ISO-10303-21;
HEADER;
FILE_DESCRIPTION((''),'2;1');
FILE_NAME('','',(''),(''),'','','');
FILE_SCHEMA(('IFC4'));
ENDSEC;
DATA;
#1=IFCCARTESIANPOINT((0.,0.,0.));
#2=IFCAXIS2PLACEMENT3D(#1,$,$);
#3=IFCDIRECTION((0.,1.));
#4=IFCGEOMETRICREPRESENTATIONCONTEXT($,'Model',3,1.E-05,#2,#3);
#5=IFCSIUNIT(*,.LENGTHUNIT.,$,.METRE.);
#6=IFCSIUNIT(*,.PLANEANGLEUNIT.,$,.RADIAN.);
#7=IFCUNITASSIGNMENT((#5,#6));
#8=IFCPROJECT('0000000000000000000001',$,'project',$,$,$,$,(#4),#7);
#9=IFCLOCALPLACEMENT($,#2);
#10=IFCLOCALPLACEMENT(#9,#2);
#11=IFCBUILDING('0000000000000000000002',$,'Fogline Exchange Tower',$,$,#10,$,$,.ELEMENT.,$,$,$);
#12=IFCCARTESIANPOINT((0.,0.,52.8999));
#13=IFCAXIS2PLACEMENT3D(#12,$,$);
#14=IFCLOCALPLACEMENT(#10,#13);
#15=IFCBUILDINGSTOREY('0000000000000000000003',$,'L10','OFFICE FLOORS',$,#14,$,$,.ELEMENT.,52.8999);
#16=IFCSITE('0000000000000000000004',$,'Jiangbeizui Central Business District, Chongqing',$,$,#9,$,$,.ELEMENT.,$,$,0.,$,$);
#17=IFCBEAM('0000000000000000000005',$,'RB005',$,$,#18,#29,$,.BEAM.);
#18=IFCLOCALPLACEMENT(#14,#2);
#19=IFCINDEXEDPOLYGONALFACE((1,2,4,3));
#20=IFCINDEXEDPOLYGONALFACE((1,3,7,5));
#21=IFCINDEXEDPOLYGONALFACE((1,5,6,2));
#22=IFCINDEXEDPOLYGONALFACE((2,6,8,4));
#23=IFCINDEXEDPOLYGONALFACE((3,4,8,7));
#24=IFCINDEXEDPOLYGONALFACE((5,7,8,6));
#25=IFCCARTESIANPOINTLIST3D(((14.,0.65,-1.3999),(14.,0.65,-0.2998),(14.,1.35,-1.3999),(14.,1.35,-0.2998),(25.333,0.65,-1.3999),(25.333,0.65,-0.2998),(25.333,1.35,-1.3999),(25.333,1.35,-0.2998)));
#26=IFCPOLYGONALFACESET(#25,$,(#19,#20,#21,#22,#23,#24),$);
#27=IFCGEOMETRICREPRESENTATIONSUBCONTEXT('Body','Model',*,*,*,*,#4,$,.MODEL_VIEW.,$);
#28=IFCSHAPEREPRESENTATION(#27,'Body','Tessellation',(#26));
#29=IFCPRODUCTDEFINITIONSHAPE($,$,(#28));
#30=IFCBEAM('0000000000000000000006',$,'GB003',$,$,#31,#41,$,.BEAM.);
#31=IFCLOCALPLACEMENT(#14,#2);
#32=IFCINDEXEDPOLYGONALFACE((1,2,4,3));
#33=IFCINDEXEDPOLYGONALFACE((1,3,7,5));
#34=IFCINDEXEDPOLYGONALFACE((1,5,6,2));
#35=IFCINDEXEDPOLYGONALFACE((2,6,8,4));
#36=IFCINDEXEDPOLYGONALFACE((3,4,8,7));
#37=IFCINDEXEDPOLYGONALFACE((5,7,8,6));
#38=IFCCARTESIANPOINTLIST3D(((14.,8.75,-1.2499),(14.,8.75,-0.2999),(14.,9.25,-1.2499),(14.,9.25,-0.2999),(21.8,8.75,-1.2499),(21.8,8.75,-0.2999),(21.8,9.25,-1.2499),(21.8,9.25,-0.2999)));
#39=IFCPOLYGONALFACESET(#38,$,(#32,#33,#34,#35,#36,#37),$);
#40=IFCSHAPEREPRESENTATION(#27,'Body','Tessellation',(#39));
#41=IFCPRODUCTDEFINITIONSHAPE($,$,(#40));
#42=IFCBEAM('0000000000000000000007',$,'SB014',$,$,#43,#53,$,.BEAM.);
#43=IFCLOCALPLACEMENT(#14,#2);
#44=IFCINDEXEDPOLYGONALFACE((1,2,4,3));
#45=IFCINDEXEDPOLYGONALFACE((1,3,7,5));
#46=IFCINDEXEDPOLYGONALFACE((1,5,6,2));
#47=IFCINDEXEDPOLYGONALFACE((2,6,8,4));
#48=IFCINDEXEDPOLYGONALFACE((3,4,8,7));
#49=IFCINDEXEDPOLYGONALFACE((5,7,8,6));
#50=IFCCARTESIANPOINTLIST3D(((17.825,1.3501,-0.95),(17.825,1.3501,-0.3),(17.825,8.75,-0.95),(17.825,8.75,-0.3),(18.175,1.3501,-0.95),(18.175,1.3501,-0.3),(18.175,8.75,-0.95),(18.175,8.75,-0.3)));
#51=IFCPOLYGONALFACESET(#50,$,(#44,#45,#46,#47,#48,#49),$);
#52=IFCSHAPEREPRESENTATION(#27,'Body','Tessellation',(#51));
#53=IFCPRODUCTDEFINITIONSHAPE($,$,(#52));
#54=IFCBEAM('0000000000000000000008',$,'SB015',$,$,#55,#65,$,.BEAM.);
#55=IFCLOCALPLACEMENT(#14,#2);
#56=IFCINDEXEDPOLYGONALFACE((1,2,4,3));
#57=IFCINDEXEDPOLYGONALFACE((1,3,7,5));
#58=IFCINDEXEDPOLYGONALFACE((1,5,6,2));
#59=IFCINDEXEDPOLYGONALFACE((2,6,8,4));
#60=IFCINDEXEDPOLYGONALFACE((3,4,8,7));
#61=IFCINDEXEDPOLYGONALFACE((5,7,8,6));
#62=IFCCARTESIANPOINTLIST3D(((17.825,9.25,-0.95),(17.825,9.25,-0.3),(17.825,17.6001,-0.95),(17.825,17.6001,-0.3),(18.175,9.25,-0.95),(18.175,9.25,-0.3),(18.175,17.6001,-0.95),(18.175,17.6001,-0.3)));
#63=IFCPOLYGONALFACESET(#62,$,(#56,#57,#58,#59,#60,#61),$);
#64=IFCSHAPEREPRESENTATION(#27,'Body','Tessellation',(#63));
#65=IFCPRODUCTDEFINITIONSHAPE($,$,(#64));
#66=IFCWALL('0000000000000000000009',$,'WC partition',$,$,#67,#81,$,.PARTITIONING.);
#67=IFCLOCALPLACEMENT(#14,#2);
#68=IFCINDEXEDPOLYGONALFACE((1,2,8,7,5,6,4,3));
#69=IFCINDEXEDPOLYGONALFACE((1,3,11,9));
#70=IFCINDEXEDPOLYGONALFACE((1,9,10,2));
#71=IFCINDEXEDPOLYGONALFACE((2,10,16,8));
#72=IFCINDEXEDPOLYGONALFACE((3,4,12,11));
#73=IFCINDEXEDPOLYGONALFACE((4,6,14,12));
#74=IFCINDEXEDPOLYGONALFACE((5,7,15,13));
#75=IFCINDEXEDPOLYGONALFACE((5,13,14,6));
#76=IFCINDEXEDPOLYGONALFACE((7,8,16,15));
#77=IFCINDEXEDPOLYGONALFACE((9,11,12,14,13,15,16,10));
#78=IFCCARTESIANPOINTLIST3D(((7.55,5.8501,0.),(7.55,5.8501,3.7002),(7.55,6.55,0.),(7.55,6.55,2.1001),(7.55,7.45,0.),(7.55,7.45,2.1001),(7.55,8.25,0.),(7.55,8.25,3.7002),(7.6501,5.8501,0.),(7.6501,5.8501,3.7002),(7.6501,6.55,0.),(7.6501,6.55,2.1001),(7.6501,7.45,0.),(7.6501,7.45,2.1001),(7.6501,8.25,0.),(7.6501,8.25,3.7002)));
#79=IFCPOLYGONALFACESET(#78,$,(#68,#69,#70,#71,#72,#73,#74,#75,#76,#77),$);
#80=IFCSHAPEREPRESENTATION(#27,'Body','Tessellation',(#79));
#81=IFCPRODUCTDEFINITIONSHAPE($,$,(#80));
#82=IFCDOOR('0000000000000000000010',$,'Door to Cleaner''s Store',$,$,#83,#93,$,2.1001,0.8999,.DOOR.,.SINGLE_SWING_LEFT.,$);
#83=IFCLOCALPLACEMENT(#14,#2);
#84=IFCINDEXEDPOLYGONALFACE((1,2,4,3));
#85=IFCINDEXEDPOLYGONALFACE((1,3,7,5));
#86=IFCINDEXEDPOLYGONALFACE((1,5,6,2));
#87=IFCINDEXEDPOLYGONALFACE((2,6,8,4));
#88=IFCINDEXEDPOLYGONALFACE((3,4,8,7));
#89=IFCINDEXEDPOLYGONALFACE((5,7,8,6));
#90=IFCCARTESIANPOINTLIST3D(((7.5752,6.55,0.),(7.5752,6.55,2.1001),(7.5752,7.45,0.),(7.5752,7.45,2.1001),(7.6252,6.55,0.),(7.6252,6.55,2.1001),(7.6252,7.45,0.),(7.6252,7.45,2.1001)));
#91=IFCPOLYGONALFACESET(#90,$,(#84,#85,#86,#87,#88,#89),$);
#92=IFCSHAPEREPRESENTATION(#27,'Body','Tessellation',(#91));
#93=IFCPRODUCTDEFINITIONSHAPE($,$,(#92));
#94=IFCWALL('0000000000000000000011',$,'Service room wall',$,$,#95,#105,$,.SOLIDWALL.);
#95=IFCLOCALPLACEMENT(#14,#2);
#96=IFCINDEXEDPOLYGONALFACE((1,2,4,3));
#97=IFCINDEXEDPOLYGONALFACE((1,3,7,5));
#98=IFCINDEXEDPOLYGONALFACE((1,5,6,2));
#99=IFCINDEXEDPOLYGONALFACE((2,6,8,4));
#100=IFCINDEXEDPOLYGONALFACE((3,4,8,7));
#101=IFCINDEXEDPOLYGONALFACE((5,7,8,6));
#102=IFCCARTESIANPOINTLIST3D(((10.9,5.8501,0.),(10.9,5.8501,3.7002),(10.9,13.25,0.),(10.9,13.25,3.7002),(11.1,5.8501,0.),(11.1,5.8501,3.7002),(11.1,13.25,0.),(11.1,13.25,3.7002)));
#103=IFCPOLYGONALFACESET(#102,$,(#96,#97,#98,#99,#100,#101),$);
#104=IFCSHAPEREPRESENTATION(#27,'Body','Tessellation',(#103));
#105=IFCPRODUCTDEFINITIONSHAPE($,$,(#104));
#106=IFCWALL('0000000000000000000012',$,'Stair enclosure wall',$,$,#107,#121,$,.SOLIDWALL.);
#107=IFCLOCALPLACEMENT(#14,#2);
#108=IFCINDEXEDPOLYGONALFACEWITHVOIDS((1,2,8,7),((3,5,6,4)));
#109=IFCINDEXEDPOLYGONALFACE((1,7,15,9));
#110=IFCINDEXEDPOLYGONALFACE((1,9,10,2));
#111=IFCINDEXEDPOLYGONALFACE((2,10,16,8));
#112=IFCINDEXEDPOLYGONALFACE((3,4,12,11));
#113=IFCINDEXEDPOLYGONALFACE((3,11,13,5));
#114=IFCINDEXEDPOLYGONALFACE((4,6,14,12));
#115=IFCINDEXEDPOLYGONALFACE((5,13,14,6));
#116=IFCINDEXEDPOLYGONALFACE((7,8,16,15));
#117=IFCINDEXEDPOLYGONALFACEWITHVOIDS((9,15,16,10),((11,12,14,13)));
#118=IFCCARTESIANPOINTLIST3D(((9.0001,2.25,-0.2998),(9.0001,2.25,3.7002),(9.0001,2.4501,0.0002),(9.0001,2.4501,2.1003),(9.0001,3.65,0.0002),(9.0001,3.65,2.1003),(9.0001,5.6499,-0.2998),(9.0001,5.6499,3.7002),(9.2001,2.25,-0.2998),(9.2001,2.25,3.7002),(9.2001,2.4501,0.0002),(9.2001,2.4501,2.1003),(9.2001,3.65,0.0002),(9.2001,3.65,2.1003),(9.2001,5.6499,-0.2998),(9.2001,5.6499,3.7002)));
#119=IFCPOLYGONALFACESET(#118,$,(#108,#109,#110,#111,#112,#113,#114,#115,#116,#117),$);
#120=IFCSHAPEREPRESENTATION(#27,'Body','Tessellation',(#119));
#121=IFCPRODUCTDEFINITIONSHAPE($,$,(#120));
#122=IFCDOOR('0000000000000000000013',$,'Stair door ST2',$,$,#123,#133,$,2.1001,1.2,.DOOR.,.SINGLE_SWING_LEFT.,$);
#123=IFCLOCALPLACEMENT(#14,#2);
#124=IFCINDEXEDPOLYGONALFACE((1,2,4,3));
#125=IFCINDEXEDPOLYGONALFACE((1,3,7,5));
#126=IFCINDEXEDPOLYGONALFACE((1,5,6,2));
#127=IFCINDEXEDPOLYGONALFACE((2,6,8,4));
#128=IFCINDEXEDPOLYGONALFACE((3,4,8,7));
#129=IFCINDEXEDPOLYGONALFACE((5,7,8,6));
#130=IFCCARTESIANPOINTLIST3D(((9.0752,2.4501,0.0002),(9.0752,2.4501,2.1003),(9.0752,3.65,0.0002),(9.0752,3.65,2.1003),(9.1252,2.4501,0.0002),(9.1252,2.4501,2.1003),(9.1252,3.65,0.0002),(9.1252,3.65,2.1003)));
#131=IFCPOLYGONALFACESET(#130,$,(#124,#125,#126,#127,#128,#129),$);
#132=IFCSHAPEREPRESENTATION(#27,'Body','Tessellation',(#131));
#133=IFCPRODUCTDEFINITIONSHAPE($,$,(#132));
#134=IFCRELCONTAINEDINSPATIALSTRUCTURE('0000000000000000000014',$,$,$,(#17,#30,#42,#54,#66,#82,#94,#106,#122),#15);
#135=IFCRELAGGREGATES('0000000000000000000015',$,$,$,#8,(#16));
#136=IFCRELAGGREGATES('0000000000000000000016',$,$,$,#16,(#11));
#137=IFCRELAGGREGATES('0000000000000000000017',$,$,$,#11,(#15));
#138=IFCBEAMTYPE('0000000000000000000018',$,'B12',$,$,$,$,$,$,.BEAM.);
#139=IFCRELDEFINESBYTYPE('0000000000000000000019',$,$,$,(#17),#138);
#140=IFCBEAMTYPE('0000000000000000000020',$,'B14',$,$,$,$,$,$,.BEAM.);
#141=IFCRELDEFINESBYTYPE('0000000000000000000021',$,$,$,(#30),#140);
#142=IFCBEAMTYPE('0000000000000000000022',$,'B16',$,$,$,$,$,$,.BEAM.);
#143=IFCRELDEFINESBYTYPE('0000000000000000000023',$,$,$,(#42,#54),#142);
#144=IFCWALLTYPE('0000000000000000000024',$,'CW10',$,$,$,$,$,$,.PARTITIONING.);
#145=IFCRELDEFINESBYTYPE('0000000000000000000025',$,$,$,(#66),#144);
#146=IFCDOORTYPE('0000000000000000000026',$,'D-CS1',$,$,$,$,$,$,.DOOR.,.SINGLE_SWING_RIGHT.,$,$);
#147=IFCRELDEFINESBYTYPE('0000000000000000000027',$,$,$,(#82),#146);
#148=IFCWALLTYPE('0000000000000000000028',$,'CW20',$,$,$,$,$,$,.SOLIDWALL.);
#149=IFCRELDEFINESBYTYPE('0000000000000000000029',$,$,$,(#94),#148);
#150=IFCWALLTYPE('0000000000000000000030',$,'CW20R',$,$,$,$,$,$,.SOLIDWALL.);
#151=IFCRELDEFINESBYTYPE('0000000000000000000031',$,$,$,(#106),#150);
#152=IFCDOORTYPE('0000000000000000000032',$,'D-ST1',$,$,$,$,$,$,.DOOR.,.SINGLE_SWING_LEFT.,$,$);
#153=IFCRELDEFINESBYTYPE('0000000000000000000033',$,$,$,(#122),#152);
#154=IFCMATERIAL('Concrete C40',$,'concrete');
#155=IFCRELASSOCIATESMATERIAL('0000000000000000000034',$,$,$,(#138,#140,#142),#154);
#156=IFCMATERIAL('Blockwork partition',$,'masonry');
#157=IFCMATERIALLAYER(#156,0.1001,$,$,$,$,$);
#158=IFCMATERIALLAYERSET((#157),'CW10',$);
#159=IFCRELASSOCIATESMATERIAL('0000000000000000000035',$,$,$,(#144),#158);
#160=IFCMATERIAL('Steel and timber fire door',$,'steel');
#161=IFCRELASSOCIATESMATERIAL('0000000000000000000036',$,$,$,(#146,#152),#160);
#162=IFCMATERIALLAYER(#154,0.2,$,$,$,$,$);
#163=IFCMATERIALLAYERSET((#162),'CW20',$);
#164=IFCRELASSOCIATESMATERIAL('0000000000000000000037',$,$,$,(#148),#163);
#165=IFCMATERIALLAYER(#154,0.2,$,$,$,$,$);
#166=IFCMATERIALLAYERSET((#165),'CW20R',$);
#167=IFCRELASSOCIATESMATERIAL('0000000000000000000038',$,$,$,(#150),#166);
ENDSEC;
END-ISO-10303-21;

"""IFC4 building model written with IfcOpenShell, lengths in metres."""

from ifc_helpers import new_model, si_unit, direction, frame, frame_2d, origin, origin_2d, place, context, subcontext, project, spatial, rectangle, extrude, material, layer, layer_set, material_profile, profile_set, type_object, element, fill, save


model = new_model("IFC4")

# Units and contexts
model_context = context("Model", 3, precision=1e-05, world=origin(), true_north=direction((0.0, 1.0)))
body_context = subcontext(model_context, "Body", "Model", "MODEL_VIEW")
ifc_project = project(units=[si_unit("LENGTHUNIT", "METRE"), si_unit("PLANEANGLEUNIT", "RADIAN")], contexts=[model_context])

# Site, building, storey
site_placement = place(None, origin())
site = spatial("IfcSite", under=ifc_project, at=site_placement, Name="Jiangbeizui Central Business District, Chongqing", CompositionType="ELEMENT", RefElevation=0.0)
building_placement = place(site_placement, origin())
building = spatial("IfcBuilding", under=site, at=building_placement, Name="Fogline Exchange Tower", CompositionType="ELEMENT")
storey_placement = place(building_placement, frame((0.0, 0.0, 52.8999)))
storey = spatial("IfcBuildingStorey", under=building, at=storey_placement, Name="L10", Description="OFFICE FLOORS", CompositionType="ELEMENT", Elevation=52.8999)

# Beams
ifc_material_1 = material(Name="Concrete C40", Category="concrete")
ifc_material_profile_1 = material_profile(ifc_material_1, rectangle(XDim=0.7, YDim=1.1001, at=origin_2d()), Name="RC 700x1100")
ifc_profile_set_1 = profile_set([ifc_material_profile_1], Name="Concrete C40")
beam_type_1 = type_object("IfcBeamType", Name="B12", PredefinedType="BEAM", material=ifc_profile_set_1)
beam_1_placement = place(storey_placement, frame((14.0, 1.0, -0.8499), z_axis=(1.0, 0.0, 0.0), x_axis=(0.0, 1.0, 0.0)))
element("IfcBeam", 1, at=beam_1_placement, inside=storey, type_object=beam_type_1, Name="RB005", PredefinedType="BEAM", context=body_context, shape_type="SweptSolid", body=[
    extrude(rectangle(XDim=0.7, YDim=1.1001, at=origin_2d()), origin(), (0.0, 0.0, 1.0), 11.333),
])
ifc_material_profile_2 = material_profile(ifc_material_1, rectangle(XDim=0.5, YDim=0.95, at=origin_2d()), Name="RC 500x950")
ifc_profile_set_2 = profile_set([ifc_material_profile_2], Name="Concrete C40")
beam_type_2 = type_object("IfcBeamType", Name="B14", PredefinedType="BEAM", material=ifc_profile_set_2)
beam_2_placement = place(storey_placement, frame((14.0, 9.0, -0.7749), z_axis=(1.0, 0.0, 0.0), x_axis=(0.0, 1.0, 0.0)))
element("IfcBeam", 2, at=beam_2_placement, inside=storey, type_object=beam_type_2, Name="GB003", PredefinedType="BEAM", context=body_context, shape_type="SweptSolid", body=[
    extrude(rectangle(XDim=0.5, YDim=0.95, at=origin_2d()), origin(), (0.0, 0.0, 1.0), 7.8),
])
ifc_material_profile_3 = material_profile(ifc_material_1, rectangle(XDim=0.3501, YDim=0.6499, at=origin_2d()), Name="RC 350x650")
ifc_profile_set_3 = profile_set([ifc_material_profile_3], Name="Concrete C40")
beam_type_3 = type_object("IfcBeamType", Name="B16", PredefinedType="BEAM", material=ifc_profile_set_3)
beam_3_placement = place(storey_placement, frame((18.0, 1.3501, -0.625), z_axis=(0.0, 1.0, 0.0), x_axis=(-1.0, 0.0, 0.0)))
element("IfcBeam", 3, at=beam_3_placement, inside=storey, type_object=beam_type_3, Name="SB014", PredefinedType="BEAM", context=body_context, shape_type="SweptSolid", body=[
    extrude(rectangle(XDim=0.3501, YDim=0.6499, at=origin_2d()), origin(), (0.0, 0.0, 1.0), 7.3999),
])
beam_4_placement = place(storey_placement, frame((18.0, 9.25, -0.625), z_axis=(0.0, 1.0, 0.0), x_axis=(-1.0, 0.0, 0.0)))
element("IfcBeam", 4, at=beam_4_placement, inside=storey, type_object=beam_type_3, Name="SB015", PredefinedType="BEAM", context=body_context, shape_type="SweptSolid", body=[
    extrude(rectangle(XDim=0.3501, YDim=0.6499, at=origin_2d()), origin(), (0.0, 0.0, 1.0), 8.3501),
])

# Wall, opening, door
ifc_material_2 = material(Name="Blockwork partition", Category="masonry")
ifc_layer_1 = layer(ifc_material_2, 0.1001)
ifc_layer_set_1 = layer_set([ifc_layer_1], Name="CW10")
wall_type_1 = type_object("IfcWallType", Name="CW10", PredefinedType="PARTITIONING", material=ifc_layer_set_1)
wall_1_placement = place(storey_placement, frame((7.6001, 5.8501, 0.0), z_axis=(0.0, 0.0, 1.0), x_axis=(0.0, 1.0, 0.0)))
wall_1 = element("IfcWall", 5, at=wall_1_placement, inside=storey, type_object=wall_type_1, Name="WC partition", PredefinedType="PARTITIONING", context=body_context, shape_type="SweptSolid", body=[
    extrude(rectangle(XDim=2.3999, YDim=0.1001, at=frame_2d((1.2, 0.0))), origin(), (0.0, 0.0, 1.0), 3.7002),
])
opening_1_placement = place(wall_1_placement, frame((0.7, 0.0, 0.0)))
opening_1 = element("IfcOpeningElement", 6, at=opening_1_placement, cuts=wall_1, PredefinedType="OPENING", context=body_context, shape_type="SweptSolid", body=[
    extrude(rectangle(XDim=0.8999, YDim=2.1001, at=frame_2d((0.45, 1.05))), frame((0.0, 0.0601, 0.0), z_axis=(0.0, -1.0, 0.0), x_axis=(1.0, 0.0, 0.0)), (0.0, 0.0, 1.0), 0.1201),
])
ifc_material_3 = material(Name="Steel and timber fire door", Category="steel")
door_type_1 = type_object("IfcDoorType", Name="D-CS1", OperationType="SINGLE_SWING_RIGHT", PredefinedType="DOOR", material=ifc_material_3)
door_1_placement = place(opening_1_placement, origin())
door_1 = element("IfcDoor", 7, at=door_1_placement, inside=storey, type_object=door_type_1, Name="Door to Cleaner's Store", OperationType="SINGLE_SWING_LEFT", OverallHeight=2.1001, OverallWidth=0.8999, PredefinedType="DOOR", context=body_context, shape_type="SweptSolid", body=[
    extrude(rectangle(XDim=0.8999, YDim=2.1001, at=frame_2d((0.45, 1.05))), frame((0.0, 0.0249, 0.0), z_axis=(0.0, -1.0, 0.0), x_axis=(1.0, 0.0, 0.0)), (0.0, 0.0, 1.0), 0.05),
])
fill(opening_1, door_1)

# Wall
ifc_layer_2 = layer(ifc_material_1, 0.2)
ifc_layer_set_2 = layer_set([ifc_layer_2], Name="CW20")
wall_type_2 = type_object("IfcWallType", Name="CW20", PredefinedType="SOLIDWALL", material=ifc_layer_set_2)
wall_2_placement = place(storey_placement, frame((11.0, 5.8501, 0.0), z_axis=(0.0, 0.0, 1.0), x_axis=(0.0, 1.0, 0.0)))
element("IfcWall", 8, at=wall_2_placement, inside=storey, type_object=wall_type_2, Name="Service room wall", PredefinedType="SOLIDWALL", context=body_context, shape_type="SweptSolid", body=[
    extrude(rectangle(XDim=7.3999, YDim=0.2, at=frame_2d((3.7, 0.0))), origin(), (0.0, 0.0, 1.0), 3.7002),
])

# Wall, opening, door
ifc_layer_3 = layer(ifc_material_1, 0.2)
ifc_layer_set_3 = layer_set([ifc_layer_3], Name="CW20R")
wall_type_3 = type_object("IfcWallType", Name="CW20R", PredefinedType="SOLIDWALL", material=ifc_layer_set_3)
wall_3_placement = place(storey_placement, frame((9.1001, 2.25, -0.2998), z_axis=(0.0, 0.0, 1.0), x_axis=(0.0, 1.0, 0.0)))
wall_3 = element("IfcWall", 9, at=wall_3_placement, inside=storey, type_object=wall_type_3, Name="Stair enclosure wall", PredefinedType="SOLIDWALL", context=body_context, shape_type="SweptSolid", body=[
    extrude(rectangle(XDim=3.3999, YDim=0.2, at=frame_2d((1.7, 0.0))), origin(), (0.0, 0.0, 1.0), 4.0),
])
opening_2_placement = place(wall_3_placement, frame((0.2, 0.0, 0.3)))
opening_2 = element("IfcOpeningElement", 10, at=opening_2_placement, cuts=wall_3, PredefinedType="OPENING", context=body_context, shape_type="SweptSolid", body=[
    extrude(rectangle(XDim=1.2, YDim=2.1001, at=frame_2d((0.6001, 1.05))), frame((0.0, 0.1099, 0.0), z_axis=(0.0, -1.0, 0.0), x_axis=(1.0, 0.0, 0.0)), (0.0, 0.0, 1.0), 0.22),
])
door_type_2 = type_object("IfcDoorType", Name="D-ST1", OperationType="SINGLE_SWING_LEFT", PredefinedType="DOOR", material=ifc_material_3)
door_2_placement = place(opening_2_placement, origin())
door_2 = element("IfcDoor", 11, at=door_2_placement, inside=storey, type_object=door_type_2, Name="Stair door ST2", OperationType="SINGLE_SWING_LEFT", OverallHeight=2.1001, OverallWidth=1.2, PredefinedType="DOOR", context=body_context, shape_type="SweptSolid", body=[
    extrude(rectangle(XDim=1.2, YDim=2.1001, at=frame_2d((0.6001, 1.05))), frame((0.0, 0.0249, 0.0), z_axis=(0.0, -1.0, 0.0), x_axis=(1.0, 0.0, 0.0)), (0.0, 0.0, 1.0), 0.05),
])
fill(opening_2, door_2)

save(model, "model.ifc")
